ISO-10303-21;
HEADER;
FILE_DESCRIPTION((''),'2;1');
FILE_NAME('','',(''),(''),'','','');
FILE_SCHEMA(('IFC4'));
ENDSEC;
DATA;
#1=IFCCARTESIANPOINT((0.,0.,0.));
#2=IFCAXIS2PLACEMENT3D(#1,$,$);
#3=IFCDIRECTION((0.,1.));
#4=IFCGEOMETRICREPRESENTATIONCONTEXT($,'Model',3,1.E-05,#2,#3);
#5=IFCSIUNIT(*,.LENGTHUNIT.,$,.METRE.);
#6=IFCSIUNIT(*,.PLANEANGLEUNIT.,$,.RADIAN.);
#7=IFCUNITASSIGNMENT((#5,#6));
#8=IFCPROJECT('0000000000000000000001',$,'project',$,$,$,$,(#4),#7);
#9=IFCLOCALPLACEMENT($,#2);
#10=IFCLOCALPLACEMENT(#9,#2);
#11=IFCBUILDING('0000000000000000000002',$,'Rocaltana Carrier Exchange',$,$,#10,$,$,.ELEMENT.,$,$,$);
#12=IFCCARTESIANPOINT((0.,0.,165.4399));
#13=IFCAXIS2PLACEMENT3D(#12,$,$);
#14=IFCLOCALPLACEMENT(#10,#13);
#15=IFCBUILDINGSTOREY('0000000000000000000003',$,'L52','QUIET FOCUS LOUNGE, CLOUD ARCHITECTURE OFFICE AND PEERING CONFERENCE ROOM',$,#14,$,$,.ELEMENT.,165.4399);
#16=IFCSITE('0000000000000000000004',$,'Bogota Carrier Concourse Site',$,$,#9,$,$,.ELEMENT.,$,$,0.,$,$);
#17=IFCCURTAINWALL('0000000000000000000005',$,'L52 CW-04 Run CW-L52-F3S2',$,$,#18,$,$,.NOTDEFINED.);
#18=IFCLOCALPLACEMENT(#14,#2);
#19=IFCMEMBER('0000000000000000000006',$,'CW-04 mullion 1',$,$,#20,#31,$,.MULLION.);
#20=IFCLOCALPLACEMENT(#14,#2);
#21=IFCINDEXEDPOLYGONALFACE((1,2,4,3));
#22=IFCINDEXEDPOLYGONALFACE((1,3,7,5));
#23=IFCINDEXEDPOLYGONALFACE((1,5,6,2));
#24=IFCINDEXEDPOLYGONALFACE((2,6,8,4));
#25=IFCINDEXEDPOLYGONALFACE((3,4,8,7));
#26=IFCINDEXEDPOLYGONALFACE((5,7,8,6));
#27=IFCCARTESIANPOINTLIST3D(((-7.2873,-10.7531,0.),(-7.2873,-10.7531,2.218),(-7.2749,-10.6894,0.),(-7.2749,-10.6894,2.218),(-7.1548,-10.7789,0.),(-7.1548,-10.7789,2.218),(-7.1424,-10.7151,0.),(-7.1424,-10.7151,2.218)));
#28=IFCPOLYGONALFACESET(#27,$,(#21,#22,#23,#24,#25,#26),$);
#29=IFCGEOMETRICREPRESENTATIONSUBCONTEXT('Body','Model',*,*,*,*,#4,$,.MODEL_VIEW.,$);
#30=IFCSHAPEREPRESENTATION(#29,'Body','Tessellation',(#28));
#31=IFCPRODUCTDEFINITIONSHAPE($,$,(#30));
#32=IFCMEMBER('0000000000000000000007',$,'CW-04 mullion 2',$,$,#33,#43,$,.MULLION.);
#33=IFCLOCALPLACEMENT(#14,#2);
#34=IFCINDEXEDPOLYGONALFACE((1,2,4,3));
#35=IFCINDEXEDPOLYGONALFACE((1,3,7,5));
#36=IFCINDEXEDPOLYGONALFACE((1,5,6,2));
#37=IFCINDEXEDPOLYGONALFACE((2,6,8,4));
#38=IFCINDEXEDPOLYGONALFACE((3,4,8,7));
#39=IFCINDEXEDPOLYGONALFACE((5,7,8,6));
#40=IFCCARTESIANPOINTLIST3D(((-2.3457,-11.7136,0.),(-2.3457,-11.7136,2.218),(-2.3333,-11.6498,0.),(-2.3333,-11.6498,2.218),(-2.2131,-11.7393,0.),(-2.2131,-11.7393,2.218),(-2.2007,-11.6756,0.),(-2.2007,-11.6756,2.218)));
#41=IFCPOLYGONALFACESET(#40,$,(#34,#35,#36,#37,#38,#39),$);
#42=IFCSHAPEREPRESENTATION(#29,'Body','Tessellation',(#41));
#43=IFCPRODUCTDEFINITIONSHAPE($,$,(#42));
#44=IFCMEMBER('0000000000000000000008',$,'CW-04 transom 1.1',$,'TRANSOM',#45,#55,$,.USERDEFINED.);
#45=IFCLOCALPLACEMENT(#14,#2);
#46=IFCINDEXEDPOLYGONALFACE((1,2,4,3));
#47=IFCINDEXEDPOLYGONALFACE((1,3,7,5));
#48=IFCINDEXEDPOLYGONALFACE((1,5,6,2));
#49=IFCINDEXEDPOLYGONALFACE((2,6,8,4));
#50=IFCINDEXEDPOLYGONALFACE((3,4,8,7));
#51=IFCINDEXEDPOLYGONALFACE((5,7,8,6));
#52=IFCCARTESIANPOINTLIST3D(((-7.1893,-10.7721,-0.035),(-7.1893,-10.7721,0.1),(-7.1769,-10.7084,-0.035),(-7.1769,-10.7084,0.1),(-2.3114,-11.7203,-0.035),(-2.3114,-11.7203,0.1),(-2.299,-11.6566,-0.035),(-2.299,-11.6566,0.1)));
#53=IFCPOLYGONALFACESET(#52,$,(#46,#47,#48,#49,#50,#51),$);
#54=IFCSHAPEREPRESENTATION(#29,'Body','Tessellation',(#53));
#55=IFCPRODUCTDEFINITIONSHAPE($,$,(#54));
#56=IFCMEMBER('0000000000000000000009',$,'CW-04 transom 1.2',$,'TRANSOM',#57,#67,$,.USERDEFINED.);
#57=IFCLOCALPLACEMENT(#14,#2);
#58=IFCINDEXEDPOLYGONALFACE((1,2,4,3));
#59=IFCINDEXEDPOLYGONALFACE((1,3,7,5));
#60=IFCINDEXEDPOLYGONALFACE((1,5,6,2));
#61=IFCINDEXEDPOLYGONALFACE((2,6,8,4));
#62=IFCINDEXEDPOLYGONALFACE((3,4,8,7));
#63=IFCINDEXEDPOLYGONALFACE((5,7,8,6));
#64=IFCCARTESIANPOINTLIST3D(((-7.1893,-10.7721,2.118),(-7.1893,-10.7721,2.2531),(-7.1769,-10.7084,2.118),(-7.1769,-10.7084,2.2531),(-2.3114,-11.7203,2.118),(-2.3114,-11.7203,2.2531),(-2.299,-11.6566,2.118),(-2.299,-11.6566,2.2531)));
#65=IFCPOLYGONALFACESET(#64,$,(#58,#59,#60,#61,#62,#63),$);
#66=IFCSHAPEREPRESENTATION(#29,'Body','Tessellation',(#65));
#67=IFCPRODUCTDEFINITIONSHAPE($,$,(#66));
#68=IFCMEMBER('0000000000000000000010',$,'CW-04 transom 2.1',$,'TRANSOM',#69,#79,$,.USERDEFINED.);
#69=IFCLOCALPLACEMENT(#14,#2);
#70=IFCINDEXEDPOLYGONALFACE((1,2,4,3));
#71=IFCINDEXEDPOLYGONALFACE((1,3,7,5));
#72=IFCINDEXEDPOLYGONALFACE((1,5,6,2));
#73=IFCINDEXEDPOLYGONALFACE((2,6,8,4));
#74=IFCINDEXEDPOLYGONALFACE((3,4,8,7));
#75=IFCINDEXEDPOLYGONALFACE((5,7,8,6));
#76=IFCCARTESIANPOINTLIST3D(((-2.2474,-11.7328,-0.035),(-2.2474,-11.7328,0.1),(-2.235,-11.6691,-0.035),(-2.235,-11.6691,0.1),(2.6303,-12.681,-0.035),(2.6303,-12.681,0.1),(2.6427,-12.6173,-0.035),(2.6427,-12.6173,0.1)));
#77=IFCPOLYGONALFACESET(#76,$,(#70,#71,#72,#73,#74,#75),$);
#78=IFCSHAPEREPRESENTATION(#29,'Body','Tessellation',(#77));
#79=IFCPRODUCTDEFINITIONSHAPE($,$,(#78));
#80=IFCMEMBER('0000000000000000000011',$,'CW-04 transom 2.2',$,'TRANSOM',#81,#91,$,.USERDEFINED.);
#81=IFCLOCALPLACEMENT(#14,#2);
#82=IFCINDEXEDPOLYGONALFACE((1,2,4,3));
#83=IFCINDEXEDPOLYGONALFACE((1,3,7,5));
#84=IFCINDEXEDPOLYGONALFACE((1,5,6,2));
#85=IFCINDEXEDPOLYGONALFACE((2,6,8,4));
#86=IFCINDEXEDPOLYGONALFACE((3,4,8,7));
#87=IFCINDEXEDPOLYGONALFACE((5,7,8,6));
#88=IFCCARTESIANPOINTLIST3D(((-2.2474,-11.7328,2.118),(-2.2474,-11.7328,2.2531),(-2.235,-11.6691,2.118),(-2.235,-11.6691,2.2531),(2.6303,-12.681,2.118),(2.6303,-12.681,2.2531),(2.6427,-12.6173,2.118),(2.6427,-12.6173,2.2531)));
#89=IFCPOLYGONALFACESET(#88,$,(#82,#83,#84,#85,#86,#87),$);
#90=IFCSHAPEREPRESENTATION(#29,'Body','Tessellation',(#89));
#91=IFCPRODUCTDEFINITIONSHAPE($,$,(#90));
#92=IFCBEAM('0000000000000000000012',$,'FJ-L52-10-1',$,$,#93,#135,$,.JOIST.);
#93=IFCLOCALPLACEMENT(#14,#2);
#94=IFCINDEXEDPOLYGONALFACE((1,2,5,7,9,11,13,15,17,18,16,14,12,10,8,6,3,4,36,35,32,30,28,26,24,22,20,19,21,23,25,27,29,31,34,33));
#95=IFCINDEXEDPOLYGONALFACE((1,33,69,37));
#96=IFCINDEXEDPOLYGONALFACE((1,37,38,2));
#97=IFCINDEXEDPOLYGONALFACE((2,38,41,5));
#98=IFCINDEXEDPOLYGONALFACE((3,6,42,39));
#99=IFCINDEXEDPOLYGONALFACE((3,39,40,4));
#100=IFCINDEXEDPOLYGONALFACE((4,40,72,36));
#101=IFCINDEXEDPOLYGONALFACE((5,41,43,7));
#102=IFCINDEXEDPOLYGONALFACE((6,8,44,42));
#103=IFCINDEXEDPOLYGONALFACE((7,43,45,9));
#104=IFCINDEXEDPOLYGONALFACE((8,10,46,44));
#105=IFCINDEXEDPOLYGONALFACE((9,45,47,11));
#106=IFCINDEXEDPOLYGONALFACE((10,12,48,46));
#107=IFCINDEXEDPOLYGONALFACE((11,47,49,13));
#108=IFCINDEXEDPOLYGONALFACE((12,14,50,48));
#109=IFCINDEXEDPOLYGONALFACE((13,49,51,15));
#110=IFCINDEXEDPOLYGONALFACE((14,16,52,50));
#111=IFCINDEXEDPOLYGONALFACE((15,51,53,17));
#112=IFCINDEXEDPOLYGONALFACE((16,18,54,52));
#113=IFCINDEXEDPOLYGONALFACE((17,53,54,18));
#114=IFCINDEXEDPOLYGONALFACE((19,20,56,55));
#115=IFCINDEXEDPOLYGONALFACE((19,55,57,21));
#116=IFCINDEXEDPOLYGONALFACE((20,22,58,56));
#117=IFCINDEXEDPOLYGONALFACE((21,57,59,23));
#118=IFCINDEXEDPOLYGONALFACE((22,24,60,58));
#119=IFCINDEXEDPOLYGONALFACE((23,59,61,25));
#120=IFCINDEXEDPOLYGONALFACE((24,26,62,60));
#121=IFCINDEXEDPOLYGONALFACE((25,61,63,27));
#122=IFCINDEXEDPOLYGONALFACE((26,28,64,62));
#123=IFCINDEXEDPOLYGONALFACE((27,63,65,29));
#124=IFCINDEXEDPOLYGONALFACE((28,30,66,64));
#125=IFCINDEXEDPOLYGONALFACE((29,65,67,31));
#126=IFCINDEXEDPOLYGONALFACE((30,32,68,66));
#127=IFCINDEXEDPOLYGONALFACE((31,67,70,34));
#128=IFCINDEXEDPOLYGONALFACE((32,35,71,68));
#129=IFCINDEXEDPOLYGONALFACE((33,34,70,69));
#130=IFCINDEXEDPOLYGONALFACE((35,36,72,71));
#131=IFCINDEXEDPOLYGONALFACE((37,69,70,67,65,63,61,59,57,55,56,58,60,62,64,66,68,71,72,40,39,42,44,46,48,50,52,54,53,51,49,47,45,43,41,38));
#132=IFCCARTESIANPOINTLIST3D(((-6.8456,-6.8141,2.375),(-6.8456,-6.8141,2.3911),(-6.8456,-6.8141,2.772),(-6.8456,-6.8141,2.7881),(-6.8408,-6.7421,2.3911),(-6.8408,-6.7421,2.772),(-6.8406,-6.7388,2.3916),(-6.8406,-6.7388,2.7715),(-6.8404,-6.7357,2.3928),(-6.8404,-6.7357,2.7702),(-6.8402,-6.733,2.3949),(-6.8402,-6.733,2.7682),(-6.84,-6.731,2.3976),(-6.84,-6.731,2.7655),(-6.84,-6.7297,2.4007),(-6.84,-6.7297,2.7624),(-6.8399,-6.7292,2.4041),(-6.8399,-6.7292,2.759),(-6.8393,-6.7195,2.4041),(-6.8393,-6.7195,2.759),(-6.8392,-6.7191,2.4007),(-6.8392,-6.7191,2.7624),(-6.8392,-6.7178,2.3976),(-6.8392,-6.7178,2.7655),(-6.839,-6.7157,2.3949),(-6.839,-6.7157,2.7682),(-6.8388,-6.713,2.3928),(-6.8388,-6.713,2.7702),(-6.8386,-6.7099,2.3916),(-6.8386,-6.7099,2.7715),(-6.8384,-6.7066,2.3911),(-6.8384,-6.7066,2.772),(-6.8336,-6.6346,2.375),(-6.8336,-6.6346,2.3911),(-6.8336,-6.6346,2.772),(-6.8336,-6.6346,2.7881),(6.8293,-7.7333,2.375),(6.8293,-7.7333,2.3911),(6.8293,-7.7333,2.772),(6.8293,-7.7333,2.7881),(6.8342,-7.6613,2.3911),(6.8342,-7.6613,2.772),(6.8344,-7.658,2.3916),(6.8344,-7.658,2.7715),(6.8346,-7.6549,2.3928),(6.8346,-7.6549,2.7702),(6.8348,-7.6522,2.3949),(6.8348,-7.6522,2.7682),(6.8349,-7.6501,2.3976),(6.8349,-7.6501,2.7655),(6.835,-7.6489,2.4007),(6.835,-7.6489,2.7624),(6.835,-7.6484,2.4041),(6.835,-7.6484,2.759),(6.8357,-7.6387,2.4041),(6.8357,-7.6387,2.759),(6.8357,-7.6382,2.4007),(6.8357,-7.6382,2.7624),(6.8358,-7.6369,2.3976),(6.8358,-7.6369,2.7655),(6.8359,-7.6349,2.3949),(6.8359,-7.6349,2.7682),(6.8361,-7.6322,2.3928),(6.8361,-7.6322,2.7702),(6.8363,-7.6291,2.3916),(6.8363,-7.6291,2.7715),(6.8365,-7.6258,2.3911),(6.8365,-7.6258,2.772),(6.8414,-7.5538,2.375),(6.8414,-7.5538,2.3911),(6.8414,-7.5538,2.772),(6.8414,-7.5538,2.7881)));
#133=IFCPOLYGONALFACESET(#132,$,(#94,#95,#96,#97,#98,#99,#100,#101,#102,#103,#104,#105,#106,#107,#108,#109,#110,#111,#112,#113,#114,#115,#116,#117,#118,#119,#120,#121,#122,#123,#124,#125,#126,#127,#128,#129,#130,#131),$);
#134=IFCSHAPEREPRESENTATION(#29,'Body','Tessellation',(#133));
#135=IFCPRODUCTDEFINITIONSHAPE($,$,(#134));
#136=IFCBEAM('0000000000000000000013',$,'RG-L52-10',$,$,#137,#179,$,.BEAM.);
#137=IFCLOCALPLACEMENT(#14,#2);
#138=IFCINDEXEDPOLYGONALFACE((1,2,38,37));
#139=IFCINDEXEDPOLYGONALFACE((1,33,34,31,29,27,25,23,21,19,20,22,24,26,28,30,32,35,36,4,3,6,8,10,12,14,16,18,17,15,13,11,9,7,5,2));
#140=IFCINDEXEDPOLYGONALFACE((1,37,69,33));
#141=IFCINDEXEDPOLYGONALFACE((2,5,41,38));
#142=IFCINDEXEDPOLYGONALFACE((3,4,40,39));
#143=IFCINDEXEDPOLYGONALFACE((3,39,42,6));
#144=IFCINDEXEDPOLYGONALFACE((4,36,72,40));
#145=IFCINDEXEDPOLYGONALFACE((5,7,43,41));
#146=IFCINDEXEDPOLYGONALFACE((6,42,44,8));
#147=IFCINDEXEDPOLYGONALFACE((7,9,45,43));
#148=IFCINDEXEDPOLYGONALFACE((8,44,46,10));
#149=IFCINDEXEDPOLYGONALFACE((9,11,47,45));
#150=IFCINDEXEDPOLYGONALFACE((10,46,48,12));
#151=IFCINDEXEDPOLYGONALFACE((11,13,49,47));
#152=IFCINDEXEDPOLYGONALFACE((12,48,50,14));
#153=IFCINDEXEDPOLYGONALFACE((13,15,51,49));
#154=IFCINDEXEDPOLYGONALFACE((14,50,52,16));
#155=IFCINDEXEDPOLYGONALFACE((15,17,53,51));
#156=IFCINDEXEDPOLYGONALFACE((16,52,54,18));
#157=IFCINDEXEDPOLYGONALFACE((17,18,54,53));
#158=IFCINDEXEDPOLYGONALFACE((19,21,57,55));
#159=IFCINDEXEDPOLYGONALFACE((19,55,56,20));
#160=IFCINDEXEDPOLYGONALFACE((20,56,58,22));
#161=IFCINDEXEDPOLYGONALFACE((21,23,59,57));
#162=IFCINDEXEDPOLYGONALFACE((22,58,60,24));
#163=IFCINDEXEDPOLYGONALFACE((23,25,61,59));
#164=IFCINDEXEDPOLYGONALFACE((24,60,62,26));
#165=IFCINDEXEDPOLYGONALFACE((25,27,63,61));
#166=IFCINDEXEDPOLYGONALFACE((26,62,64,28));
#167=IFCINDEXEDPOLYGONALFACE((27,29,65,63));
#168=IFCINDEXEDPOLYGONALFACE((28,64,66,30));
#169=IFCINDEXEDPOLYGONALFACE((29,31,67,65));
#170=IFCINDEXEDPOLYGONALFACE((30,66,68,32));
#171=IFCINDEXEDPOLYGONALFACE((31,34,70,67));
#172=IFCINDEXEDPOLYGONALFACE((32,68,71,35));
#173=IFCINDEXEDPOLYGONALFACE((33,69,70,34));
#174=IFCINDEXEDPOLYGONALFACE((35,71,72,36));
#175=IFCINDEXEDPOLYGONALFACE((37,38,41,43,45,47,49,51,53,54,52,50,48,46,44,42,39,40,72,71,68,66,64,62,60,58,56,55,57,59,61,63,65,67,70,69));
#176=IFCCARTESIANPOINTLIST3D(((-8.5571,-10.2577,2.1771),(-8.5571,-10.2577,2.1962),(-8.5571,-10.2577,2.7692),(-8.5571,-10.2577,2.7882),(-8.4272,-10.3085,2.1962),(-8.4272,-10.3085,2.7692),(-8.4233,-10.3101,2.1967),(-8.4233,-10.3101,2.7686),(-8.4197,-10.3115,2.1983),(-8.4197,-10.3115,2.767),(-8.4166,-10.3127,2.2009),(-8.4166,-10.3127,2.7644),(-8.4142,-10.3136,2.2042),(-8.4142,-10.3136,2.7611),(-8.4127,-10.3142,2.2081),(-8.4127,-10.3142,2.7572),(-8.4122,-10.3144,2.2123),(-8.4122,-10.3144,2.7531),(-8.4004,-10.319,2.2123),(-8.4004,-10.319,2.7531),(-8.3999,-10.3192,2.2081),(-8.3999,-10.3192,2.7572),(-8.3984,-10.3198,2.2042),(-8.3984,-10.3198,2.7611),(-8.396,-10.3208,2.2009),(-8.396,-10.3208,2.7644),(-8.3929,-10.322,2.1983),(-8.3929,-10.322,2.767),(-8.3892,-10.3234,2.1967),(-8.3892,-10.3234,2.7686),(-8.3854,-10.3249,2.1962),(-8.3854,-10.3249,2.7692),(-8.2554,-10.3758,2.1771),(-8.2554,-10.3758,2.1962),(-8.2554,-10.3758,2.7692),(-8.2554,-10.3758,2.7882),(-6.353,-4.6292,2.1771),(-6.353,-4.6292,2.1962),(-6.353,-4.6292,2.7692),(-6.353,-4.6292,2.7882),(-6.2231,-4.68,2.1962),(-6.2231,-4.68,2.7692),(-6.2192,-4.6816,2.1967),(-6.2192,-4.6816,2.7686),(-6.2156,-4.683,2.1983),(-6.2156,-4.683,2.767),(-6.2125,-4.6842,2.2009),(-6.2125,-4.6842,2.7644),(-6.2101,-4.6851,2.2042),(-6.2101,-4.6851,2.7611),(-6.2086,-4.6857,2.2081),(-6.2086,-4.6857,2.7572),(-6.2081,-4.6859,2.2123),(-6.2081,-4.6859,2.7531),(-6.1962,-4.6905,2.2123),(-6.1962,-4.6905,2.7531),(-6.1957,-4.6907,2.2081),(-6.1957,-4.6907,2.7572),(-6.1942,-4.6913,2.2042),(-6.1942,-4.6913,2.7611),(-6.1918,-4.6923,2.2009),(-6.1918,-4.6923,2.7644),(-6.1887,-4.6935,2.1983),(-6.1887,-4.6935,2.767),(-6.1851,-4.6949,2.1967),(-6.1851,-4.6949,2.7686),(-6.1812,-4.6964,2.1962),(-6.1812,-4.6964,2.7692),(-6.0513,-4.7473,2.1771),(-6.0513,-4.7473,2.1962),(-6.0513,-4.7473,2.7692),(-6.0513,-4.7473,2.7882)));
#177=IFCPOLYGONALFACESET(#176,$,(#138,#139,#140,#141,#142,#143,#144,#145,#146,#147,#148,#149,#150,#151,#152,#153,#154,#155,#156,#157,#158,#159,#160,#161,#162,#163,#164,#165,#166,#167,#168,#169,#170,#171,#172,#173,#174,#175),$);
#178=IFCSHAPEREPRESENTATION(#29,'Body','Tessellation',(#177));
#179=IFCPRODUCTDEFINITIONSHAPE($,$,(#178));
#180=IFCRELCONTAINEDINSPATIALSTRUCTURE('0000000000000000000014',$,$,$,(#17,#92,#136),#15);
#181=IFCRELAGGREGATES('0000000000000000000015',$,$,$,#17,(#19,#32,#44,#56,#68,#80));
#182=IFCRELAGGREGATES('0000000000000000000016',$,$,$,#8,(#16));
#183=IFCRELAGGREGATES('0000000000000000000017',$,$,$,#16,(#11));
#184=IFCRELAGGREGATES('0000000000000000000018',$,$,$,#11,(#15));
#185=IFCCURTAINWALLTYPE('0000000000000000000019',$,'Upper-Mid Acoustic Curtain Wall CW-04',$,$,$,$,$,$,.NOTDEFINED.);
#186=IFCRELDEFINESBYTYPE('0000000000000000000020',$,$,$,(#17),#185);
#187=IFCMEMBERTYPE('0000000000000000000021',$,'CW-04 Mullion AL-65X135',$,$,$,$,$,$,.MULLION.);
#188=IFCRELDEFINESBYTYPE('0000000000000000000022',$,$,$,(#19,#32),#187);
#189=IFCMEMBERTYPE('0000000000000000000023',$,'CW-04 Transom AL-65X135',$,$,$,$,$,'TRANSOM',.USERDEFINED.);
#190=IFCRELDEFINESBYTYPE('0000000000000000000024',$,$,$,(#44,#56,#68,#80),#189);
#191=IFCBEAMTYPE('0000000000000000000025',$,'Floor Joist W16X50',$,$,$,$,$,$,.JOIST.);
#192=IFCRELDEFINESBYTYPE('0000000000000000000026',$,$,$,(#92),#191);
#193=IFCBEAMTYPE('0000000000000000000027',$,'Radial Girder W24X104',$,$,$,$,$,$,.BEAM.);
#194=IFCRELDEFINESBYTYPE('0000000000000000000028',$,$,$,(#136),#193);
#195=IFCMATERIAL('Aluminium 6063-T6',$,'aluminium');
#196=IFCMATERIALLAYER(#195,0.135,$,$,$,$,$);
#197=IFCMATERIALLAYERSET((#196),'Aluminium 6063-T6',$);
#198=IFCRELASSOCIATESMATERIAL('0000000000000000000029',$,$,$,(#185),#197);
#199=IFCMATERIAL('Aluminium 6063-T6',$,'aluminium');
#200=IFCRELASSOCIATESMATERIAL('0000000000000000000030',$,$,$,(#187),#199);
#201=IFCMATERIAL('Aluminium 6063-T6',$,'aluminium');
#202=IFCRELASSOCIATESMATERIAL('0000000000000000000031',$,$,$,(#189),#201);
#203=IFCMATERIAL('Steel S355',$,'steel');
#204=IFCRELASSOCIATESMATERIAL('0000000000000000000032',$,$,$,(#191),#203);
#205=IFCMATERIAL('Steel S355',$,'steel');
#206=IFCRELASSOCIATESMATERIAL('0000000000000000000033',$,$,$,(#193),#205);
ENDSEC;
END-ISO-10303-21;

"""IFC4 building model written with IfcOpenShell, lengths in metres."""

from ifc_helpers import new_model, si_unit, direction, frame, origin, origin_2d, place, context, subcontext, project, spatial, rectangle, i_section, extrude, material, layer, layer_set, material_profile, profile_set, type_object, element, aggregate, save


model = new_model("IFC4")

# Units and contexts
model_context = context("Model", 3, precision=1e-05, world=origin(), true_north=direction((0.0, 1.0)))
body_context = subcontext(model_context, "Body", "Model", "MODEL_VIEW")
ifc_project = project(units=[si_unit("LENGTHUNIT", "METRE"), si_unit("PLANEANGLEUNIT", "RADIAN")], contexts=[model_context])

# Site, building, storey
site_placement = place(None, origin())
site = spatial("IfcSite", under=ifc_project, at=site_placement, Name="Bogota Carrier Concourse Site", CompositionType="ELEMENT", RefElevation=0.0)
building_placement = place(site_placement, origin())
building = spatial("IfcBuilding", under=site, at=building_placement, Name="Rocaltana Carrier Exchange", CompositionType="ELEMENT")
storey_placement = place(building_placement, frame((0.0, 0.0, 165.4399)))
storey = spatial("IfcBuildingStorey", under=building, at=storey_placement, Name="L52", Description="QUIET FOCUS LOUNGE, CLOUD ARCHITECTURE OFFICE AND PEERING CONFERENCE ROOM", CompositionType="ELEMENT", Elevation=165.4399)

# Curtain wall, members
ifc_material_1 = material(Name="Aluminium 6063-T6", Category="aluminium")
ifc_layer_1 = layer(ifc_material_1, 0.135)
ifc_layer_set_1 = layer_set([ifc_layer_1], Name="Aluminium 6063-T6")
curtain_wall_type = type_object("IfcCurtainWallType", Name="Upper-Mid Acoustic Curtain Wall CW-04", PredefinedType="NOTDEFINED", material=ifc_layer_set_1)
curtain_wall_placement = place(storey_placement, origin())
curtain_wall = element("IfcCurtainWall", 1, at=curtain_wall_placement, inside=storey, type_object=curtain_wall_type, Name="L52 CW-04 Run CW-L52-F3S2", PredefinedType="NOTDEFINED")
ifc_material_2 = material(Name="Aluminium 6063-T6", Category="aluminium")
ifc_material_profile_1 = material_profile(ifc_material_2, rectangle(XDim=0.0649, YDim=0.135, at=origin_2d()), Name="AL-65X135")
ifc_profile_set_1 = profile_set([ifc_material_profile_1], Name="Aluminium 6063-T6")
member_type_1 = type_object("IfcMemberType", Name="CW-04 Mullion AL-65X135", PredefinedType="MULLION", material=ifc_profile_set_1)
member_1_placement = place(storey_placement, frame((-7.2148, -10.7341, 0.0), z_axis=(0.0, 0.0, 1.0), x_axis=(0.190815, 0.981626, 0.0)))
member_1 = element("IfcMember", 2, at=member_1_placement, type_object=member_type_1, Name="CW-04 mullion 1", PredefinedType="MULLION", context=body_context, shape_type="SweptSolid", body=[
    extrude(rectangle(XDim=0.0649, YDim=0.135, at=origin_2d()), origin(), (0.0, 0.0, 1.0), 2.218),
])
member_2_placement = place(storey_placement, frame((-2.2732, -11.6946, 0.0), z_axis=(0.0, 0.0, 1.0), x_axis=(0.190815, 0.981626, 0.0)))
member_2 = element("IfcMember", 3, at=member_2_placement, type_object=member_type_1, Name="CW-04 mullion 2", PredefinedType="MULLION", context=body_context, shape_type="SweptSolid", body=[
    extrude(rectangle(XDim=0.0649, YDim=0.135, at=origin_2d()), origin(), (0.0, 0.0, 1.0), 2.218),
])
ifc_material_3 = material(Name="Aluminium 6063-T6", Category="aluminium")
ifc_material_profile_2 = material_profile(ifc_material_3, rectangle(XDim=0.0649, YDim=0.135, at=origin_2d()), Name="AL-65X135")
ifc_profile_set_2 = profile_set([ifc_material_profile_2], Name="Aluminium 6063-T6")
member_type_2 = type_object("IfcMemberType", Name="CW-04 Transom AL-65X135", ElementType="TRANSOM", PredefinedType="USERDEFINED", material=ifc_profile_set_2)
member_3_placement = place(storey_placement, frame((-7.1831, -10.7402, 0.0325), z_axis=(0.981625, -0.190822, 0.0), x_axis=(0.190822, 0.981625, 0.0)))
member_3 = element("IfcMember", 4, at=member_3_placement, type_object=member_type_2, Name="CW-04 transom 1.1", ObjectType="TRANSOM", PredefinedType="USERDEFINED", context=body_context, shape_type="SweptSolid", body=[
    extrude(rectangle(XDim=0.0649, YDim=0.135, at=origin_2d()), origin(), (0.0, 0.0, 1.0), 4.9692),
])
member_4_placement = place(storey_placement, frame((-7.1831, -10.7402, 2.1855), z_axis=(0.981625, -0.190822, 0.0), x_axis=(0.190822, 0.981625, 0.0)))
member_4 = element("IfcMember", 5, at=member_4_placement, type_object=member_type_2, Name="CW-04 transom 1.2", ObjectType="TRANSOM", PredefinedType="USERDEFINED", context=body_context, shape_type="SweptSolid", body=[
    extrude(rectangle(XDim=0.0649, YDim=0.135, at=origin_2d()), origin(), (0.0, 0.0, 1.0), 4.9692),
])
member_5_placement = place(storey_placement, frame((-2.2412, -11.7009, 0.0325), z_axis=(0.981623, -0.190832, 0.0), x_axis=(0.190832, 0.981623, 0.0)))
member_5 = element("IfcMember", 6, at=member_5_placement, type_object=member_type_2, Name="CW-04 transom 2.1", ObjectType="TRANSOM", PredefinedType="USERDEFINED", context=body_context, shape_type="SweptSolid", body=[
    extrude(rectangle(XDim=0.0649, YDim=0.135, at=origin_2d()), origin(), (0.0, 0.0, 1.0), 4.969),
])
member_6_placement = place(storey_placement, frame((-2.2412, -11.7009, 2.1855), z_axis=(0.981623, -0.190832, 0.0), x_axis=(0.190832, 0.981623, 0.0)))
member_6 = element("IfcMember", 7, at=member_6_placement, type_object=member_type_2, Name="CW-04 transom 2.2", ObjectType="TRANSOM", PredefinedType="USERDEFINED", context=body_context, shape_type="SweptSolid", body=[
    extrude(rectangle(XDim=0.0649, YDim=0.135, at=origin_2d()), origin(), (0.0, 0.0, 1.0), 4.969),
])

# Beams
ifc_material_4 = material(Name="Steel S355", Category="steel")
ifc_material_profile_3 = material_profile(ifc_material_4, i_section(OverallWidth=0.1799, OverallDepth=0.4131, WebThickness=0.0098, FlangeThickness=0.0161, FilletRadius=0.0129, at=origin_2d()), Name="W16X50")
ifc_profile_set_3 = profile_set([ifc_material_profile_3], Name="Steel S355")
beam_type_1 = type_object("IfcBeamType", Name="Floor Joist W16X50", PredefinedType="JOIST", material=ifc_profile_set_3)
beam_1_placement = place(storey_placement, frame((-6.8396, -6.7244, 2.5815), z_axis=(0.997749, -0.067065, 0.0), x_axis=(0.067065, 0.997749, 0.0)))
element("IfcBeam", 8, at=beam_1_placement, inside=storey, type_object=beam_type_1, Name="FJ-L52-10-1", PredefinedType="JOIST", context=body_context, shape_type="SweptSolid", body=[
    extrude(i_section(OverallWidth=0.1799, OverallDepth=0.4131, WebThickness=0.0098, FlangeThickness=0.0161, FilletRadius=0.0129, at=origin_2d()), origin(), (0.0, 0.0, 1.0), 13.7058),
])
ifc_material_5 = material(Name="Steel S355", Category="steel")
ifc_material_profile_4 = material_profile(ifc_material_5, i_section(OverallWidth=0.324, OverallDepth=0.6111, WebThickness=0.0127, FlangeThickness=0.019, FilletRadius=0.0161, at=origin_2d()), Name="W24X104")
ifc_profile_set_4 = profile_set([ifc_material_profile_4], Name="Steel S355")
beam_type_2 = type_object("IfcBeamType", Name="Radial Girder W24X104", PredefinedType="BEAM", material=ifc_profile_set_4)
beam_2_placement = place(storey_placement, frame((-6.2021, -4.6882, 2.4827), z_axis=(-0.36464, -0.931149, 0.0), x_axis=(0.931149, -0.36464, 0.0)))
element("IfcBeam", 9, at=beam_2_placement, inside=storey, type_object=beam_type_2, Name="RG-L52-10", PredefinedType="BEAM", context=body_context, shape_type="SweptSolid", body=[
    extrude(i_section(OverallWidth=0.324, OverallDepth=0.6111, WebThickness=0.0127, FlangeThickness=0.019, FilletRadius=0.0161, at=origin_2d()), origin(), (0.0, 0.0, 1.0), 6.0447),
])

aggregate(curtain_wall, [member_1, member_2, member_3, member_4, member_5, member_6])

save(model, "model.ifc")
